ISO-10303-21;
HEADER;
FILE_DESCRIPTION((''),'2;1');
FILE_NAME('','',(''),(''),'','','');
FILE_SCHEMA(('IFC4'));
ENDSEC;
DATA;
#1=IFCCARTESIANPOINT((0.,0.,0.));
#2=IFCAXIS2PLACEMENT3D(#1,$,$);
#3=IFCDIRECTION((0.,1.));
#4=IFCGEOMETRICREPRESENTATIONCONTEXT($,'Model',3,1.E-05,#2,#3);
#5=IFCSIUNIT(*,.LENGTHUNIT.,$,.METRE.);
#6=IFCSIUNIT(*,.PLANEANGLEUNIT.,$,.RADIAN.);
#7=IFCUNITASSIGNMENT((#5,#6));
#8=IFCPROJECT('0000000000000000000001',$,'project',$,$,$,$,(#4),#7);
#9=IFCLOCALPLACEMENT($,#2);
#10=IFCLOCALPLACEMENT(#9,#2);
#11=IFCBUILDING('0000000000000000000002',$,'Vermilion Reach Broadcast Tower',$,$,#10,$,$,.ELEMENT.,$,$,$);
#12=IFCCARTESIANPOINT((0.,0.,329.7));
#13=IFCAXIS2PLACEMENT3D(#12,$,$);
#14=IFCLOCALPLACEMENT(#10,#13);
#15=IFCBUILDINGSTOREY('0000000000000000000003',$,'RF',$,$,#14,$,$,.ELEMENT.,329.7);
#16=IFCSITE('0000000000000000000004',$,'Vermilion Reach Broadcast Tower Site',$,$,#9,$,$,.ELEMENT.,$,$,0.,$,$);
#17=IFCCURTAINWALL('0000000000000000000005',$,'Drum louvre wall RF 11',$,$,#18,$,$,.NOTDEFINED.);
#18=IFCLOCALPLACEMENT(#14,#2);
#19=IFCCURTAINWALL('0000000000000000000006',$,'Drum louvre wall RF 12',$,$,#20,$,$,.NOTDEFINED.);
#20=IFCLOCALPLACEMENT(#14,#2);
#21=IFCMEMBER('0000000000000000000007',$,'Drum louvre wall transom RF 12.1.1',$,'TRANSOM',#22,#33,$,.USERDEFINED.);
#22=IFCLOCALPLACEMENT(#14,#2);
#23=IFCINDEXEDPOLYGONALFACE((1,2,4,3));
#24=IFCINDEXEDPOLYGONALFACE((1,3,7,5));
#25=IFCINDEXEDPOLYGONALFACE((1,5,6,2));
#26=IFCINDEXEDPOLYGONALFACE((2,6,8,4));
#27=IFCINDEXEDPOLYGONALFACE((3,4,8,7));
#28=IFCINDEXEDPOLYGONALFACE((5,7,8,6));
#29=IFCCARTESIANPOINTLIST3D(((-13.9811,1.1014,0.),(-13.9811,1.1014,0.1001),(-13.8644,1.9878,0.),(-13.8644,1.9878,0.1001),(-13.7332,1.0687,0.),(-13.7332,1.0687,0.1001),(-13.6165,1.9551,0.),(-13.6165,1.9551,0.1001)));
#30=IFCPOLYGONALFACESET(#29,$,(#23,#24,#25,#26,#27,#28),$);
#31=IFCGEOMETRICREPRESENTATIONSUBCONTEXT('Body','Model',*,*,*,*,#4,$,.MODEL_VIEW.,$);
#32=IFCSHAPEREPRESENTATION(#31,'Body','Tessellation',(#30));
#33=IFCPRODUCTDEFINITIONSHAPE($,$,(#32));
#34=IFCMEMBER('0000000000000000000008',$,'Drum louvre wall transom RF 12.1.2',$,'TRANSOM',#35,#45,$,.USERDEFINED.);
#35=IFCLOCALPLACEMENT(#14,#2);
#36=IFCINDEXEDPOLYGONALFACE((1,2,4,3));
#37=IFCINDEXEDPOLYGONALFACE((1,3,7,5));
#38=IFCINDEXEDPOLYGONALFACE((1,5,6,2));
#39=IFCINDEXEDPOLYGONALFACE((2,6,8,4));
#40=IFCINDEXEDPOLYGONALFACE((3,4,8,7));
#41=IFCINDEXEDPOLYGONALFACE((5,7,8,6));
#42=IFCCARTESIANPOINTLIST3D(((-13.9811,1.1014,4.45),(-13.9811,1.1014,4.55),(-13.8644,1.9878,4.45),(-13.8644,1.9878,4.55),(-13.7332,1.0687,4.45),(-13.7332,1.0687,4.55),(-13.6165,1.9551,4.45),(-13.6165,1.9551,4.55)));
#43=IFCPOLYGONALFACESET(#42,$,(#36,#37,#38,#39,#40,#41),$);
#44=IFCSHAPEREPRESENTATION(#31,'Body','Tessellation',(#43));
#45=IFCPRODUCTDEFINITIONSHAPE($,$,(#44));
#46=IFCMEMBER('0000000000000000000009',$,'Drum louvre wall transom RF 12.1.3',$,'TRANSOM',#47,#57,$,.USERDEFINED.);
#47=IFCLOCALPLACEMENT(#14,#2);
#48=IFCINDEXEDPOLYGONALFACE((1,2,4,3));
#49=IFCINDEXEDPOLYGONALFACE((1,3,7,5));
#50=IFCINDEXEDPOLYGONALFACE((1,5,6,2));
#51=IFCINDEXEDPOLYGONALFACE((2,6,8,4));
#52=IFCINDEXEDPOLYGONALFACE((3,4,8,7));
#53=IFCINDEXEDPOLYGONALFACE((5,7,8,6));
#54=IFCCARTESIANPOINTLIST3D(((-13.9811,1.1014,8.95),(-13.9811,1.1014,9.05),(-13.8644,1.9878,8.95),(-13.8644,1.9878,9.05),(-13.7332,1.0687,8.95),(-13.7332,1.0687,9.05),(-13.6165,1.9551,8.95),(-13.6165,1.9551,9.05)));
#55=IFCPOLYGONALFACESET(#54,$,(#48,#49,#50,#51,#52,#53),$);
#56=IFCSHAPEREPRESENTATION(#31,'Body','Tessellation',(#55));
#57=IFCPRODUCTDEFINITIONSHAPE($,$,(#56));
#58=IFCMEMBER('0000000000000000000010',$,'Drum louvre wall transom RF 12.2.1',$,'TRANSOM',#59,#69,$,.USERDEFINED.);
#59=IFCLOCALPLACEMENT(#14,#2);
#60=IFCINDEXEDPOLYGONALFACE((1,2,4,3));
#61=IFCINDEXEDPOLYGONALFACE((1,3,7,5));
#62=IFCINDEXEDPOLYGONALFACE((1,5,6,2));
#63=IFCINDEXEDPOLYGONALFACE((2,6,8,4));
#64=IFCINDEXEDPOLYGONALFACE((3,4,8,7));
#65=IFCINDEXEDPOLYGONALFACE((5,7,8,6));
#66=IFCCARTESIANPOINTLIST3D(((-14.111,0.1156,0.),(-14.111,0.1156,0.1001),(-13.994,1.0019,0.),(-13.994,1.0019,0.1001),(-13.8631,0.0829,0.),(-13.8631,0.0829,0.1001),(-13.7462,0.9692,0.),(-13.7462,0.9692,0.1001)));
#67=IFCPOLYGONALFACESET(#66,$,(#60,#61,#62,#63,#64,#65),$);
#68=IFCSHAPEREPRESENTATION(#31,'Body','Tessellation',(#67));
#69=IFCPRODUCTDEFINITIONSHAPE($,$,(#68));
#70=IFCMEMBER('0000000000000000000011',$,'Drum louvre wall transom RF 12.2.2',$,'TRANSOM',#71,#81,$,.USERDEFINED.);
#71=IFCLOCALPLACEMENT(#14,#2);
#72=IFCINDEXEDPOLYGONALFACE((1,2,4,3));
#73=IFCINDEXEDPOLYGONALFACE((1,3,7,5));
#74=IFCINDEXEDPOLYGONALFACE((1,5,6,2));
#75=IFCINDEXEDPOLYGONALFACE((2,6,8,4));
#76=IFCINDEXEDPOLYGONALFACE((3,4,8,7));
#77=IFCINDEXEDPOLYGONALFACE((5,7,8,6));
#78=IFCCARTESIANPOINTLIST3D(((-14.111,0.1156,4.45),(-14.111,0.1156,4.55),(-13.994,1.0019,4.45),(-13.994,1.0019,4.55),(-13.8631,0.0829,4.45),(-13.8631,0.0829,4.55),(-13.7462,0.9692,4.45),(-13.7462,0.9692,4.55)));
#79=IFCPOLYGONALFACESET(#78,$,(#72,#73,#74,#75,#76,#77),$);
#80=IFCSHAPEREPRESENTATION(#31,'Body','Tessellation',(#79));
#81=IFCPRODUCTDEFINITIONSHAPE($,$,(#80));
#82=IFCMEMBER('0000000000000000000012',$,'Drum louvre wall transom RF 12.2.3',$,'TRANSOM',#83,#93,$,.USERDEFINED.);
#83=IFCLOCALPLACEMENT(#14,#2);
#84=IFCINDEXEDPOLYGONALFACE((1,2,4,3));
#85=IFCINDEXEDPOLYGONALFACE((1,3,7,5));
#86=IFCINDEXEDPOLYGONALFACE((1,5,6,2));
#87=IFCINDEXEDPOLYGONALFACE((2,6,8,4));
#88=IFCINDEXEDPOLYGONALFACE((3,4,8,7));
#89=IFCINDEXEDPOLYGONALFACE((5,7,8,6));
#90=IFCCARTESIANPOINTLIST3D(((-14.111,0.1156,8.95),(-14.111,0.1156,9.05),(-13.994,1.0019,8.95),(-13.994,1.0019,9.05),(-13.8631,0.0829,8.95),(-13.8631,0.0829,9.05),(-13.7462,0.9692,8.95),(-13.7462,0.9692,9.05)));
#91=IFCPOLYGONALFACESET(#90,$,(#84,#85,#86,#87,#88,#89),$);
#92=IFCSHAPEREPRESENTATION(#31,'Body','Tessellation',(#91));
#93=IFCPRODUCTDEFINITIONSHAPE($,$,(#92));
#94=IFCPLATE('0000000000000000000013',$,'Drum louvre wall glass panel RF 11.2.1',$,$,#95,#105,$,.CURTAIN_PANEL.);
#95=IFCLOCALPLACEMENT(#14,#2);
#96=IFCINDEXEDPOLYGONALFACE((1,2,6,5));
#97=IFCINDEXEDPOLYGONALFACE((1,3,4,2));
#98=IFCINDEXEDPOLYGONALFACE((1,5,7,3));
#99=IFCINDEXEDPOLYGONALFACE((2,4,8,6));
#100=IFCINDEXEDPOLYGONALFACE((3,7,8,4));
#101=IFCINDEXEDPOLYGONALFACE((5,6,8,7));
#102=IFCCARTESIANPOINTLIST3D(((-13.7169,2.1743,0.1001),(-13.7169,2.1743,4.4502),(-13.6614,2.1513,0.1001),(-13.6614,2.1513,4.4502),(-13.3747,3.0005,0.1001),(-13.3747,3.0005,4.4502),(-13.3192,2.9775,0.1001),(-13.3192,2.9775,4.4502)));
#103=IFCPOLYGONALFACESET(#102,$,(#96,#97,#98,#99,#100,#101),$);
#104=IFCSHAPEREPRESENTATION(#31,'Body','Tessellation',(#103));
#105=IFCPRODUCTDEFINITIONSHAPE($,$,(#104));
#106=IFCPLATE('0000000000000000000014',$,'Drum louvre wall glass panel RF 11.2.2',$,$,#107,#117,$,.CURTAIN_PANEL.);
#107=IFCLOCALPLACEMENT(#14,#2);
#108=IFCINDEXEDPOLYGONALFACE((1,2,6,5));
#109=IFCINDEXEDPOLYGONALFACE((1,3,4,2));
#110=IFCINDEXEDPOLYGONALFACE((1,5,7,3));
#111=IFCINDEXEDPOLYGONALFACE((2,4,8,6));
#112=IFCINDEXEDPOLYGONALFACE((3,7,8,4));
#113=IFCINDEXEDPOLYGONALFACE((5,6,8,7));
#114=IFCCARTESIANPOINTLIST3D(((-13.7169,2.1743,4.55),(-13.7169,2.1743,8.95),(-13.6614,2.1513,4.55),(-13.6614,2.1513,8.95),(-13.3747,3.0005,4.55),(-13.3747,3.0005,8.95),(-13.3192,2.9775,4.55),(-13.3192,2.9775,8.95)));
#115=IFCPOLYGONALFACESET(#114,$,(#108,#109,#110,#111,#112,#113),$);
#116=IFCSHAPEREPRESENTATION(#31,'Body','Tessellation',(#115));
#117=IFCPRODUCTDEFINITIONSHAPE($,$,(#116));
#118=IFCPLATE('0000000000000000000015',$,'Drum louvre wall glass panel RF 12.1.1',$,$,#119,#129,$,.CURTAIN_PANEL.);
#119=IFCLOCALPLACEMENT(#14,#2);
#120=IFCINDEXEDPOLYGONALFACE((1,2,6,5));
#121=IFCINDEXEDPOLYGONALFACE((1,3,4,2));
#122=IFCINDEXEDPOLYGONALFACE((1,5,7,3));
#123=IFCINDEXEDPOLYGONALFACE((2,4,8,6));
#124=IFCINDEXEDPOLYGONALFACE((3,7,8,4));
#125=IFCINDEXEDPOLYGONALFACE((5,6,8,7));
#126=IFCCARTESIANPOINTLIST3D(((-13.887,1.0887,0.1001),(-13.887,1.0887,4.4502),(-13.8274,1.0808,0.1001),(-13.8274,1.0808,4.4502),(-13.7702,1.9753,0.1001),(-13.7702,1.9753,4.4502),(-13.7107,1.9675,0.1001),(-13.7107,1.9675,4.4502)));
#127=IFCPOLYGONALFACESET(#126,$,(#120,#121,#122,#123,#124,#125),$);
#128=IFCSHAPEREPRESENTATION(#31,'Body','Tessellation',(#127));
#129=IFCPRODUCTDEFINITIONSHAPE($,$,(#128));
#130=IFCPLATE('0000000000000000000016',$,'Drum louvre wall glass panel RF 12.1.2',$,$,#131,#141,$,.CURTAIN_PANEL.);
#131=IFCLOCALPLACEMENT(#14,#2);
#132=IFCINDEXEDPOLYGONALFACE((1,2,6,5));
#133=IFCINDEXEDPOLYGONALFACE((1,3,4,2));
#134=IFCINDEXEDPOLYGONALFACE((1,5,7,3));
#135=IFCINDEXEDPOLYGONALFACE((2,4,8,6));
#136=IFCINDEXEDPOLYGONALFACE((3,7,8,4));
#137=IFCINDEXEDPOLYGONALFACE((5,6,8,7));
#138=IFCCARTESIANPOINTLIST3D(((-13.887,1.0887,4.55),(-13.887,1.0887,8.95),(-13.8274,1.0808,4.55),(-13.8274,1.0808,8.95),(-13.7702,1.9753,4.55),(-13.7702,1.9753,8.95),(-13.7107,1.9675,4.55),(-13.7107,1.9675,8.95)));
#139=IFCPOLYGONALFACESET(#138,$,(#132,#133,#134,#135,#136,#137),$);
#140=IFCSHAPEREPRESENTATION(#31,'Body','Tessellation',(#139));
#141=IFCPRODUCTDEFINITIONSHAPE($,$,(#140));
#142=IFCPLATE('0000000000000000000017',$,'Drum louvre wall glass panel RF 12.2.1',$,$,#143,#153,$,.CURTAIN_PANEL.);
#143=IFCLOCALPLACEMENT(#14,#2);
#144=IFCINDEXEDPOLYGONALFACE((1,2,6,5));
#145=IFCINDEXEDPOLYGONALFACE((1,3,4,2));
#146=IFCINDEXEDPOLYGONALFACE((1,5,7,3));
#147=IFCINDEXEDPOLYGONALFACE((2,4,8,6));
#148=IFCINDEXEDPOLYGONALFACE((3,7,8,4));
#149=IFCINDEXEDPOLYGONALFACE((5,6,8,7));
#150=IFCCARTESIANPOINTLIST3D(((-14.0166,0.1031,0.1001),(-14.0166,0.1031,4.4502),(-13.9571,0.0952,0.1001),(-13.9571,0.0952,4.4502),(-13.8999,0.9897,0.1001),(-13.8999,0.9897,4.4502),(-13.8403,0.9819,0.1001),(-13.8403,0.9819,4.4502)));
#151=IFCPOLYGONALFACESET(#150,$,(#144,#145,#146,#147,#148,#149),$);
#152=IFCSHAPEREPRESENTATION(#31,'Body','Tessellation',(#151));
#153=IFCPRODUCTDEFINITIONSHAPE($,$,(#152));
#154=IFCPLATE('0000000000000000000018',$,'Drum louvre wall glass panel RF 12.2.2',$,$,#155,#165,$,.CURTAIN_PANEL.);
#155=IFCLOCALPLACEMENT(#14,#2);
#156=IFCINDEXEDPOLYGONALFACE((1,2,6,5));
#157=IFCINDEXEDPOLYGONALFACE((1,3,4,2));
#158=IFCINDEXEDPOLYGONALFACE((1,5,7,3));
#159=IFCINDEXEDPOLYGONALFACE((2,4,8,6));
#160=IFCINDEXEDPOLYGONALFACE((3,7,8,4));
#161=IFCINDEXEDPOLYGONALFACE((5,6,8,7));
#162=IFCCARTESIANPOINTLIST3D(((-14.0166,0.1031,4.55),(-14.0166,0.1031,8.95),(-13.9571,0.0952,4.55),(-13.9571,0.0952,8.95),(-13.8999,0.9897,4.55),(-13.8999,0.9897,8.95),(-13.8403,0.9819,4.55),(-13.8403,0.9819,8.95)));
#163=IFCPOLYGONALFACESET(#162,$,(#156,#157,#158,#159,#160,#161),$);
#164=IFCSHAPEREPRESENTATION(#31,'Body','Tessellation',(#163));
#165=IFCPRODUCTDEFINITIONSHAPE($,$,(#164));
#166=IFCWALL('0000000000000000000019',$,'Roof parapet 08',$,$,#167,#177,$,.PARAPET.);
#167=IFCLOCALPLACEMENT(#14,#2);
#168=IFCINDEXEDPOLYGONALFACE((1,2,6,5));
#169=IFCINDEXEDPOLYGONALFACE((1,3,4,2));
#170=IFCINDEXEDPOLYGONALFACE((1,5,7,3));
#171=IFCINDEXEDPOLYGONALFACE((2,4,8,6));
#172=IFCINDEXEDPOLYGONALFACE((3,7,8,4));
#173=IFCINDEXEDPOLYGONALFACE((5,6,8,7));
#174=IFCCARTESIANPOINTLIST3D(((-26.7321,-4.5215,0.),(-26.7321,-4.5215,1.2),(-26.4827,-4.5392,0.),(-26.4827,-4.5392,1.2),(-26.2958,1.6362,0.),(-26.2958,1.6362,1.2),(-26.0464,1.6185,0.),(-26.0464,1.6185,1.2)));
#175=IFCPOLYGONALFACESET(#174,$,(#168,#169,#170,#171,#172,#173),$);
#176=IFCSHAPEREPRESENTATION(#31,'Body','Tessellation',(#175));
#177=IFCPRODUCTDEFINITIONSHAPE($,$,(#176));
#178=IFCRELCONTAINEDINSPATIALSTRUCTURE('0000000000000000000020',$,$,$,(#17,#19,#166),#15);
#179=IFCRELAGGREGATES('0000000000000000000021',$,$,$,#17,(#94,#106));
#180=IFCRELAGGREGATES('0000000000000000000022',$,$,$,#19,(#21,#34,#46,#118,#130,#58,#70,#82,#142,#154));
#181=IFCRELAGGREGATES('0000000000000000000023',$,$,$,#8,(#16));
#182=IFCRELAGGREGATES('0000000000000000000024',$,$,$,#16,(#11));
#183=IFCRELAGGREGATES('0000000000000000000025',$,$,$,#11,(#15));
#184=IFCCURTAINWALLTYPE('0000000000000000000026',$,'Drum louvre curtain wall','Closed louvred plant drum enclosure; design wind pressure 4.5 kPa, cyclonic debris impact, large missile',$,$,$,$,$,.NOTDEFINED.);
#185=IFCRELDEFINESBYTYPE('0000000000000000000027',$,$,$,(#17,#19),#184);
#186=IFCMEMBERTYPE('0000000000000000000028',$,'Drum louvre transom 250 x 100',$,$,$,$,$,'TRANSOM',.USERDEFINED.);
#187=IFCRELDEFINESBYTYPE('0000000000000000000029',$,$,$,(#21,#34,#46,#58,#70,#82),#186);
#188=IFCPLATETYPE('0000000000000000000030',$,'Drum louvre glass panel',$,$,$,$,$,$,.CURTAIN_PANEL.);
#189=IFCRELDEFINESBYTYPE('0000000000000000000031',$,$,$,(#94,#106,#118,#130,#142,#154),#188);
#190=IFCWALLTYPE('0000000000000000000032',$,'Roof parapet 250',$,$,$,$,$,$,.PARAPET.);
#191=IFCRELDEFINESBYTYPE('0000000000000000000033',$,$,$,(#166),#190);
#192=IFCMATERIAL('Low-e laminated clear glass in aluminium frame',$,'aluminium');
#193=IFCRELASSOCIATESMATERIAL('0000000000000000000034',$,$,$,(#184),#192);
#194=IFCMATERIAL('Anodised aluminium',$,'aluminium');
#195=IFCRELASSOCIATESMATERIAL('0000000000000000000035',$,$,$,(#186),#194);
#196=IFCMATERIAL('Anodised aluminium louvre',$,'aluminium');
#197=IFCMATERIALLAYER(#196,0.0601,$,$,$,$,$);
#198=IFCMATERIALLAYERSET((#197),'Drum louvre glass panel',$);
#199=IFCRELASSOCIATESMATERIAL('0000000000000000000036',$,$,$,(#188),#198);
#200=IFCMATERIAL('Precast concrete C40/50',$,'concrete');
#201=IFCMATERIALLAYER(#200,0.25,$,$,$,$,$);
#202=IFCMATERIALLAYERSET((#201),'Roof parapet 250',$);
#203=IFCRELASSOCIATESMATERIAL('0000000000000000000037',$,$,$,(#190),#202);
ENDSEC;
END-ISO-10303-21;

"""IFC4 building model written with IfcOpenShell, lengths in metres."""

from ifc_helpers import new_model, si_unit, direction, frame, frame_2d, origin, origin_2d, place, context, subcontext, project, spatial, rectangle, extrude, material, layer, layer_set, material_profile, profile_set, type_object, element, aggregate, save


model = new_model("IFC4")

# Units and contexts
model_context = context("Model", 3, precision=1e-05, world=origin(), true_north=direction((0.0, 1.0)))
body_context = subcontext(model_context, "Body", "Model", "MODEL_VIEW")
ifc_project = project(units=[si_unit("LENGTHUNIT", "METRE"), si_unit("PLANEANGLEUNIT", "RADIAN")], contexts=[model_context])

# Site, building, storey
site_placement = place(None, origin())
site = spatial("IfcSite", under=ifc_project, at=site_placement, Name="Vermilion Reach Broadcast Tower Site", CompositionType="ELEMENT", RefElevation=0.0)
building_placement = place(site_placement, origin())
building = spatial("IfcBuilding", under=site, at=building_placement, Name="Vermilion Reach Broadcast Tower", CompositionType="ELEMENT")
storey_placement = place(building_placement, frame((0.0, 0.0, 329.7)))
storey = spatial("IfcBuildingStorey", under=building, at=storey_placement, Name="RF", CompositionType="ELEMENT", Elevation=329.7)

# Curtain walls
ifc_material_1 = material(Name="Low-e laminated clear glass in aluminium frame", Category="aluminium")
curtain_wall_type = type_object("IfcCurtainWallType", Name="Drum louvre curtain wall", Description="Closed louvred plant drum enclosure; design wind pressure 4.5 kPa, cyclonic debris impact, large missile", PredefinedType="NOTDEFINED", material=ifc_material_1)
placement = place(storey_placement, origin())
curtain_wall_1 = element("IfcCurtainWall", 1, at=placement, inside=storey, type_object=curtain_wall_type, Name="Drum louvre wall RF 11", PredefinedType="NOTDEFINED")
curtain_wall_2 = element("IfcCurtainWall", 2, at=placement, inside=storey, type_object=curtain_wall_type, Name="Drum louvre wall RF 12", PredefinedType="NOTDEFINED")

# Members
ifc_material_2 = material(Name="Anodised aluminium", Category="aluminium")
ifc_material_profile_1 = material_profile(ifc_material_2, rectangle(XDim=0.25, YDim=0.1001, at=origin_2d()), Name="Drum louvre transom 250 x 100")
ifc_profile_set_1 = profile_set([ifc_material_profile_1], Name="Anodised aluminium")
member_type_1 = type_object("IfcMemberType", Name="Drum louvre transom 250 x 100", ElementType="TRANSOM", PredefinedType="USERDEFINED", material=ifc_profile_set_1)
member_1_placement = place(storey_placement, frame((-13.7405, 1.9714, 0.05), z_axis=(-0.130518, -0.991446, 0.0), x_axis=(0.991446, -0.130518, 0.0)))
member_1 = element("IfcMember", 3, at=member_1_placement, type_object=member_type_1, Name="Drum louvre wall transom RF 12.1.1", ObjectType="TRANSOM", PredefinedType="USERDEFINED", context=body_context, shape_type="SweptSolid", body=[
    extrude(rectangle(XDim=0.25, YDim=0.1001, at=origin_2d()), origin(), (0.0, 0.0, 1.0), 0.894),
])
member_2_placement = place(storey_placement, frame((-13.7405, 1.9714, 4.5), z_axis=(-0.130518, -0.991446, 0.0), x_axis=(0.991446, -0.130518, 0.0)))
member_2 = element("IfcMember", 4, at=member_2_placement, type_object=member_type_1, Name="Drum louvre wall transom RF 12.1.2", ObjectType="TRANSOM", PredefinedType="USERDEFINED", context=body_context, shape_type="SweptSolid", body=[
    extrude(rectangle(XDim=0.25, YDim=0.1001, at=origin_2d()), origin(), (0.0, 0.0, 1.0), 0.894),
])
member_3_placement = place(storey_placement, frame((-13.7405, 1.9714, 9.0), z_axis=(-0.130518, -0.991446, 0.0), x_axis=(0.991446, -0.130518, 0.0)))
member_3 = element("IfcMember", 5, at=member_3_placement, type_object=member_type_1, Name="Drum louvre wall transom RF 12.1.3", ObjectType="TRANSOM", PredefinedType="USERDEFINED", context=body_context, shape_type="SweptSolid", body=[
    extrude(rectangle(XDim=0.25, YDim=0.1001, at=origin_2d()), origin(), (0.0, 0.0, 1.0), 0.894),
])
member_4_placement = place(storey_placement, frame((-13.8701, 0.9856, 0.05), z_axis=(-0.130786, -0.991411, 0.0), x_axis=(0.991411, -0.130786, 0.0)))
member_4 = element("IfcMember", 6, at=member_4_placement, type_object=member_type_1, Name="Drum louvre wall transom RF 12.2.1", ObjectType="TRANSOM", PredefinedType="USERDEFINED", context=body_context, shape_type="SweptSolid", body=[
    extrude(rectangle(XDim=0.25, YDim=0.1001, at=origin_2d()), origin(), (0.0, 0.0, 1.0), 0.894),
])
member_5_placement = place(storey_placement, frame((-13.8701, 0.9856, 4.5), z_axis=(-0.130786, -0.991411, 0.0), x_axis=(0.991411, -0.130786, 0.0)))
member_5 = element("IfcMember", 7, at=member_5_placement, type_object=member_type_1, Name="Drum louvre wall transom RF 12.2.2", ObjectType="TRANSOM", PredefinedType="USERDEFINED", context=body_context, shape_type="SweptSolid", body=[
    extrude(rectangle(XDim=0.25, YDim=0.1001, at=origin_2d()), origin(), (0.0, 0.0, 1.0), 0.894),
])
member_6_placement = place(storey_placement, frame((-13.8701, 0.9856, 9.0), z_axis=(-0.130786, -0.991411, 0.0), x_axis=(0.991411, -0.130786, 0.0)))
member_6 = element("IfcMember", 8, at=member_6_placement, type_object=member_type_1, Name="Drum louvre wall transom RF 12.2.3", ObjectType="TRANSOM", PredefinedType="USERDEFINED", context=body_context, shape_type="SweptSolid", body=[
    extrude(rectangle(XDim=0.25, YDim=0.1001, at=origin_2d()), origin(), (0.0, 0.0, 1.0), 0.894),
])

# Plates
ifc_material_3 = material(Name="Anodised aluminium louvre", Category="aluminium")
ifc_layer_1 = layer(ifc_material_3, 0.0601)
ifc_layer_set_1 = layer_set([ifc_layer_1], Name="Drum louvre glass panel")
plate_type = type_object("IfcPlateType", Name="Drum louvre glass panel", PredefinedType="CURTAIN_PANEL", material=ifc_layer_set_1)
plate_1_placement = place(storey_placement, frame((-13.5181, 2.5759, 0.1001), z_axis=(0.0, 0.0, 1.0), x_axis=(-0.382683, -0.92388, 0.0)))
plate_1 = element("IfcPlate", 9, at=plate_1_placement, type_object=plate_type, Name="Drum louvre wall glass panel RF 11.2.1", PredefinedType="CURTAIN_PANEL", context=body_context, shape_type="SweptSolid", body=[
    extrude(rectangle(XDim=0.8943, YDim=0.0601, at=origin_2d()), origin(), (0.0, 0.0, 1.0), 4.3501),
])
plate_2_placement = place(storey_placement, frame((-13.5181, 2.5759, 4.55), z_axis=(0.0, 0.0, 1.0), x_axis=(-0.382683, -0.92388, 0.0)))
plate_2 = element("IfcPlate", 10, at=plate_2_placement, type_object=plate_type, Name="Drum louvre wall glass panel RF 11.2.2", PredefinedType="CURTAIN_PANEL", context=body_context, shape_type="SweptSolid", body=[
    extrude(rectangle(XDim=0.8943, YDim=0.0601, at=origin_2d()), origin(), (0.0, 0.0, 1.0), 4.3999),
])
aggregate(curtain_wall_1, [plate_1, plate_2])
plate_3_placement = place(storey_placement, frame((-13.7988, 1.5281, 0.1001), z_axis=(0.0, 0.0, 1.0), x_axis=(-0.130526, -0.991445, 0.0)))
plate_3 = element("IfcPlate", 11, at=plate_3_placement, type_object=plate_type, Name="Drum louvre wall glass panel RF 12.1.1", PredefinedType="CURTAIN_PANEL", context=body_context, shape_type="SweptSolid", body=[
    extrude(rectangle(XDim=0.8943, YDim=0.0601, at=origin_2d()), origin(), (0.0, 0.0, 1.0), 4.3501),
])
plate_4_placement = place(storey_placement, frame((-13.7988, 1.5281, 4.55), z_axis=(0.0, 0.0, 1.0), x_axis=(-0.130526, -0.991445, 0.0)))
plate_4 = element("IfcPlate", 12, at=plate_4_placement, type_object=plate_type, Name="Drum louvre wall glass panel RF 12.1.2", PredefinedType="CURTAIN_PANEL", context=body_context, shape_type="SweptSolid", body=[
    extrude(rectangle(XDim=0.8943, YDim=0.0601, at=origin_2d()), origin(), (0.0, 0.0, 1.0), 4.3999),
])
plate_5_placement = place(storey_placement, frame((-13.9285, 0.5425, 0.1001), z_axis=(0.0, 0.0, 1.0), x_axis=(-0.130526, -0.991445, 0.0)))
plate_5 = element("IfcPlate", 13, at=plate_5_placement, type_object=plate_type, Name="Drum louvre wall glass panel RF 12.2.1", PredefinedType="CURTAIN_PANEL", context=body_context, shape_type="SweptSolid", body=[
    extrude(rectangle(XDim=0.8943, YDim=0.0601, at=origin_2d()), origin(), (0.0, 0.0, 1.0), 4.3501),
])
plate_6_placement = place(storey_placement, frame((-13.9285, 0.5425, 4.55), z_axis=(0.0, 0.0, 1.0), x_axis=(-0.130526, -0.991445, 0.0)))
plate_6 = element("IfcPlate", 14, at=plate_6_placement, type_object=plate_type, Name="Drum louvre wall glass panel RF 12.2.2", PredefinedType="CURTAIN_PANEL", context=body_context, shape_type="SweptSolid", body=[
    extrude(rectangle(XDim=0.8943, YDim=0.0601, at=origin_2d()), origin(), (0.0, 0.0, 1.0), 4.3999),
])
aggregate(curtain_wall_2, [member_1, member_2, member_3, plate_3, plate_4, member_4, member_5, member_6, plate_5, plate_6])

# Wall
ifc_material_4 = material(Name="Precast concrete C40/50", Category="concrete")
ifc_layer_2 = layer(ifc_material_4, 0.25)
ifc_layer_set_2 = layer_set([ifc_layer_2], Name="Roof parapet 250")
wall_type = type_object("IfcWallType", Name="Roof parapet 250", PredefinedType="PARAPET", material=ifc_layer_set_2)
wall_placement = place(storey_placement, frame((-26.1711, 1.6272, 0.0), z_axis=(0.0, 0.0, 1.0), x_axis=(-0.070674, -0.997499, 0.0)))
element("IfcWall", 15, at=wall_placement, inside=storey, type_object=wall_type, Name="Roof parapet 08", PredefinedType="PARAPET", context=body_context, shape_type="SweptSolid", body=[
    extrude(rectangle(XDim=6.1731, YDim=0.25, at=frame_2d((3.0864, 0.0))), origin(), (0.0, 0.0, 1.0), 1.2),
])

save(model, "model.ifc")
